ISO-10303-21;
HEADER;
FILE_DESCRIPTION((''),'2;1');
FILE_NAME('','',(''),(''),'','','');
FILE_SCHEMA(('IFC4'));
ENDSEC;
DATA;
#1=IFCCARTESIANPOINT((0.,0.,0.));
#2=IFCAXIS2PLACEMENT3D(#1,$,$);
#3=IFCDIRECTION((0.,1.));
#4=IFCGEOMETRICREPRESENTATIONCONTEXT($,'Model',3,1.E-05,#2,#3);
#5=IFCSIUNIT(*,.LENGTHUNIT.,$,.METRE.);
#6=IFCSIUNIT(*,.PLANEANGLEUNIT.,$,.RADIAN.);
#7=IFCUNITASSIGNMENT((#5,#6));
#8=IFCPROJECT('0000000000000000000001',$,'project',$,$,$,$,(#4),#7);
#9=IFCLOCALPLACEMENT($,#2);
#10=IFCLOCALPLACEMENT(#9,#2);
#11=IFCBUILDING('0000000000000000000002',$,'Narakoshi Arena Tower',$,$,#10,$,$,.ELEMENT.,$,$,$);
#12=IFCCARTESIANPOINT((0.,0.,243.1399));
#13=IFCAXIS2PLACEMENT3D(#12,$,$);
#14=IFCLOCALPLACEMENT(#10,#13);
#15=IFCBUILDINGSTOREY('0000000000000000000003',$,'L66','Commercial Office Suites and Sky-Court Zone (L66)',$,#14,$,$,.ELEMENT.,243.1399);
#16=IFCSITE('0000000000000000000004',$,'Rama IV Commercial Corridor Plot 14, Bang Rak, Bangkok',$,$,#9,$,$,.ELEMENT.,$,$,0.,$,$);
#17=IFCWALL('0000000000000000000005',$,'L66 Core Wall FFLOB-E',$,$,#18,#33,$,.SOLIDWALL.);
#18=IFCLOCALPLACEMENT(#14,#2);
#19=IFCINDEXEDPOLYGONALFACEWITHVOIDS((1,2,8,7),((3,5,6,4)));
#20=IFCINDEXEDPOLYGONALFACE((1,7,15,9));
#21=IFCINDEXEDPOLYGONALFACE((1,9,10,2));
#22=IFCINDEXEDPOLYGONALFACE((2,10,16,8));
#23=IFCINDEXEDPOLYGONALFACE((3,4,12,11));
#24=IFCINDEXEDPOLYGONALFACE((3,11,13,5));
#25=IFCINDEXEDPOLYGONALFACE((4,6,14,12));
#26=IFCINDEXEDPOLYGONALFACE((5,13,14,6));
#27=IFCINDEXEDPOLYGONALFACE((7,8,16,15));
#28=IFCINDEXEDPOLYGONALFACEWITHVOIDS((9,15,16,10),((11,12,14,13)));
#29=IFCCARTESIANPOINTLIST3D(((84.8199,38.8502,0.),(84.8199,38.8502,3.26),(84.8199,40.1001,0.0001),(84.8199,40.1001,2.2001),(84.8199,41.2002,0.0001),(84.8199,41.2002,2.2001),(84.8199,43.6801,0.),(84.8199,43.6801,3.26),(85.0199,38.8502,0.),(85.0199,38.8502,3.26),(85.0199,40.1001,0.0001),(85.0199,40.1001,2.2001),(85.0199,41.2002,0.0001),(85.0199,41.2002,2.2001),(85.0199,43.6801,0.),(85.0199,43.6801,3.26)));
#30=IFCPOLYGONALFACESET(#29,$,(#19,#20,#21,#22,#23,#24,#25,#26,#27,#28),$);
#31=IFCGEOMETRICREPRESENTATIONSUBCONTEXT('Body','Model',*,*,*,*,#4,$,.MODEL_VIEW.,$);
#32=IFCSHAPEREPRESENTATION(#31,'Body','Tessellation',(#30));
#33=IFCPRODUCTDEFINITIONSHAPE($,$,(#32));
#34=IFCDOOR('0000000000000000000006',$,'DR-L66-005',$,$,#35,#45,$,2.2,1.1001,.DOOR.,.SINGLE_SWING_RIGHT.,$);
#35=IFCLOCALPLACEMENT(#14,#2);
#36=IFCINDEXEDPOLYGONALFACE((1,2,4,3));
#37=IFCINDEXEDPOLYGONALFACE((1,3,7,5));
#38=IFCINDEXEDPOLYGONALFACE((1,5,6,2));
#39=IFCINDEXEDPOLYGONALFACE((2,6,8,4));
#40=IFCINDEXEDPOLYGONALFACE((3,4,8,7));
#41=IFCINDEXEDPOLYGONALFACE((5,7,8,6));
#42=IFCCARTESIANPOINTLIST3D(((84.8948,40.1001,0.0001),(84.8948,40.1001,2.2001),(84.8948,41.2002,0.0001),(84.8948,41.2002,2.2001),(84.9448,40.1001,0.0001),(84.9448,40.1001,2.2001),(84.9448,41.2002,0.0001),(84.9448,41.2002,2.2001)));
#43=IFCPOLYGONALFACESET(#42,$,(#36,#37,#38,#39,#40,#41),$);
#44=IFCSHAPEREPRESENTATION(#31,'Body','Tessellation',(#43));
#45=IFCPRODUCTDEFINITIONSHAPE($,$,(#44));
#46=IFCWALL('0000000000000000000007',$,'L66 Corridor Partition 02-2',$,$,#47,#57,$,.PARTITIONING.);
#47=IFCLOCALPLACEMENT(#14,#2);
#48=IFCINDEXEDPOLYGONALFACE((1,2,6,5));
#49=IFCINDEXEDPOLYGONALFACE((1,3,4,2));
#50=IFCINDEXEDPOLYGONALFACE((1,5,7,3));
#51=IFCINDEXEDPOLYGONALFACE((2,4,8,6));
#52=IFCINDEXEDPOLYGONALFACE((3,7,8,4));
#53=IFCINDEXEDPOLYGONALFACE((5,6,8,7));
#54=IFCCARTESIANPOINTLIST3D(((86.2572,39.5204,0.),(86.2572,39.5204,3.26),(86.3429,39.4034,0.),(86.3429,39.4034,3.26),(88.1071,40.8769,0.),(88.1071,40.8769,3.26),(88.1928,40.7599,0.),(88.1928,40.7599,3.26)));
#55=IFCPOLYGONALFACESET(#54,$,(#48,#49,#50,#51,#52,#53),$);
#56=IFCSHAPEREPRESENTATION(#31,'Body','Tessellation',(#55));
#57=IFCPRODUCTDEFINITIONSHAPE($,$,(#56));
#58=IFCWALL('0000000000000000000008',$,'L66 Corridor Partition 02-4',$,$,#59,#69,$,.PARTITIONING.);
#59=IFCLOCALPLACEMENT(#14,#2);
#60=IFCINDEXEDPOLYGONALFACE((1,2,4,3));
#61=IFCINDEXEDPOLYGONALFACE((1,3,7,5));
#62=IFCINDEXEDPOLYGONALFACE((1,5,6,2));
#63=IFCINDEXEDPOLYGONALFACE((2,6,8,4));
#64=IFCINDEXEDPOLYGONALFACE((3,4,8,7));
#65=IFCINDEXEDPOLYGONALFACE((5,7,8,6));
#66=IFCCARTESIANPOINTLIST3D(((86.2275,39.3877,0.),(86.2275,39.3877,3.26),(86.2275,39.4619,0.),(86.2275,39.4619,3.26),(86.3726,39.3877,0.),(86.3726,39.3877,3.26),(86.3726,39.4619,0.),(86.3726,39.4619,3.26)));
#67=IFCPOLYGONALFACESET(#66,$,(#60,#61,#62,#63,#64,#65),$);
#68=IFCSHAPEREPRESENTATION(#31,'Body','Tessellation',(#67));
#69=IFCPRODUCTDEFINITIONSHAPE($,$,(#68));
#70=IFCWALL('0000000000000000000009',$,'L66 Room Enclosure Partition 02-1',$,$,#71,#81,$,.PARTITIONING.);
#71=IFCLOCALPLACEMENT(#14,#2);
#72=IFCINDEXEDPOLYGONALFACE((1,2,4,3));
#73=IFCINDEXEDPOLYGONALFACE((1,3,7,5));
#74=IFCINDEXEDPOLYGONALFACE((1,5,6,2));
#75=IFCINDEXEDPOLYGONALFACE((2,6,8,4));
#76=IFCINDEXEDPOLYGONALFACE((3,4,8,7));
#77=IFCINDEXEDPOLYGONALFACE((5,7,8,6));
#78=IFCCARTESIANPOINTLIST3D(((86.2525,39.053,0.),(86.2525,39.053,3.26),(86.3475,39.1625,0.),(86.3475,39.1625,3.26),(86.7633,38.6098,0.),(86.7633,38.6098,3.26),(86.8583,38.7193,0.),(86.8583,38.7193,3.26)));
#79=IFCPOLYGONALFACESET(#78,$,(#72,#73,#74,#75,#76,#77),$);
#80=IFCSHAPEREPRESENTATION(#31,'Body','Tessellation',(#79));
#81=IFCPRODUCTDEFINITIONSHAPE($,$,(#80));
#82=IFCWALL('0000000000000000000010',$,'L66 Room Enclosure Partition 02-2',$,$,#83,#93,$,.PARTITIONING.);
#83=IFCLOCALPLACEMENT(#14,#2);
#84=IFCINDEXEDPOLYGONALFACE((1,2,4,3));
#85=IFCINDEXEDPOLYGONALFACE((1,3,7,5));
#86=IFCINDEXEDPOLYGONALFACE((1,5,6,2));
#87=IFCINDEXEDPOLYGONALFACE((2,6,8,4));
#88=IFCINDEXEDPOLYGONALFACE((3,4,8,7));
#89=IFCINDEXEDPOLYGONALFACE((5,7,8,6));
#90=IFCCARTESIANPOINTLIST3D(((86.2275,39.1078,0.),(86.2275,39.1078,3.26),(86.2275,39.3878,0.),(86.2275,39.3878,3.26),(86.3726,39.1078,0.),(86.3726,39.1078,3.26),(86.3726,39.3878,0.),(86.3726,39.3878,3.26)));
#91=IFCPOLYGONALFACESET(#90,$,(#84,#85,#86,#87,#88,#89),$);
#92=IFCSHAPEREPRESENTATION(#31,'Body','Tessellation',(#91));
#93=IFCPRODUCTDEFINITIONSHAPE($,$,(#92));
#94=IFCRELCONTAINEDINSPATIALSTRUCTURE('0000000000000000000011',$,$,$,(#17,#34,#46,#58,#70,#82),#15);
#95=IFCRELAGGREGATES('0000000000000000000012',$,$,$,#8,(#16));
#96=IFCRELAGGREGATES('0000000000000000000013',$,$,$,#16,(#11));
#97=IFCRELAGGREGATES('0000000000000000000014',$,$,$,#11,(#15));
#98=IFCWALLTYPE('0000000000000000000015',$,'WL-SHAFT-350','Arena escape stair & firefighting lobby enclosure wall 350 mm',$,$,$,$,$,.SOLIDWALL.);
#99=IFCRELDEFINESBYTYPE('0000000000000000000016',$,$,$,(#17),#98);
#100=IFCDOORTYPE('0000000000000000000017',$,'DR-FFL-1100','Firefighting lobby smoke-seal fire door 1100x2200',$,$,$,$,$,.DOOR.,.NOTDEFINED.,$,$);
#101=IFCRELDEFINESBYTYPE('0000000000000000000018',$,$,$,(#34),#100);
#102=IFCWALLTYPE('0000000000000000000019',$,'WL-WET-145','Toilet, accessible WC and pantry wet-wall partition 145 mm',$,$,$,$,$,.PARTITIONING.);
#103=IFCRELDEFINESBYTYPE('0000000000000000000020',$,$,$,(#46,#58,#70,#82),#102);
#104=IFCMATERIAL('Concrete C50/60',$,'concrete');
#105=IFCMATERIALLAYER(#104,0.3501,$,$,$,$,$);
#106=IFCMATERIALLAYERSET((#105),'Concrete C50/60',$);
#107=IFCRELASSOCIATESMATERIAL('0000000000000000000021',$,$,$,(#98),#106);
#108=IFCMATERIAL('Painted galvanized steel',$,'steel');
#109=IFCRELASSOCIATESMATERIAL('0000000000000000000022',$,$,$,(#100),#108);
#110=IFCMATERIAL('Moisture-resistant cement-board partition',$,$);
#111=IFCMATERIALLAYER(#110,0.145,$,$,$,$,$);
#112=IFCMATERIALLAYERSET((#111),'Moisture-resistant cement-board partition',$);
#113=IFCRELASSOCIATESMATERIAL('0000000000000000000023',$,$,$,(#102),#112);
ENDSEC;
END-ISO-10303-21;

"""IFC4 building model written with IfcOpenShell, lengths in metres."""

from ifc_helpers import new_model, si_unit, direction, frame, frame_2d, origin, place, context, subcontext, project, spatial, rectangle, extrude, material, layer, layer_set, type_object, element, fill, save


model = new_model("IFC4")

# Units and contexts
model_context = context("Model", 3, precision=1e-05, world=origin(), true_north=direction((0.0, 1.0)))
body_context = subcontext(model_context, "Body", "Model", "MODEL_VIEW")
ifc_project = project(units=[si_unit("LENGTHUNIT", "METRE"), si_unit("PLANEANGLEUNIT", "RADIAN")], contexts=[model_context])

# Site, building, storey
site_placement = place(None, origin())
site = spatial("IfcSite", under=ifc_project, at=site_placement, Name="Rama IV Commercial Corridor Plot 14, Bang Rak, Bangkok", CompositionType="ELEMENT", RefElevation=0.0)
building_placement = place(site_placement, origin())
building = spatial("IfcBuilding", under=site, at=building_placement, Name="Narakoshi Arena Tower", CompositionType="ELEMENT")
storey_placement = place(building_placement, frame((0.0, 0.0, 243.1399)))
storey = spatial("IfcBuildingStorey", under=building, at=storey_placement, Name="L66", Description="Commercial Office Suites and Sky-Court Zone (L66)", CompositionType="ELEMENT", Elevation=243.1399)

# Shared definitions
ifc_material_1 = material(Name="Concrete C50/60", Category="concrete")
ifc_layer_1 = layer(ifc_material_1, 0.3501)
ifc_layer_set_1 = layer_set([ifc_layer_1], Name="Concrete C50/60")
wall_type_1 = type_object("IfcWallType", Name="WL-SHAFT-350", Description="Arena escape stair & firefighting lobby enclosure wall 350 mm", PredefinedType="SOLIDWALL", material=ifc_layer_set_1)

# Shared definitions
ifc_material_2 = material(Name="Painted galvanized steel", Category="steel")

# Wall, opening, door
wall_1_placement = place(storey_placement, frame((84.9199, 38.8501, 0.0), z_axis=(0.0, 0.0, 1.0), x_axis=(0.0, 1.0, 0.0)))
wall_1 = element("IfcWall", 1, at=wall_1_placement, inside=storey, type_object=wall_type_1, Name="L66 Core Wall FFLOB-E", PredefinedType="SOLIDWALL", context=body_context, shape_type="SweptSolid", body=[
    extrude(rectangle(XDim=4.8298, YDim=0.2, at=frame_2d((2.415, 0.0))), origin(), (0.0, 0.0, 1.0), 3.26),
])
opening_1_placement = place(wall_1_placement, frame((1.25, 0.0, 0.0)))
opening_1 = element("IfcOpeningElement", 2, at=opening_1_placement, cuts=wall_1, PredefinedType="OPENING", context=body_context, shape_type="SweptSolid", body=[
    extrude(rectangle(XDim=1.1001, YDim=2.2, at=frame_2d((0.55, 1.1001))), frame((0.0, 0.1099, 0.0), z_axis=(0.0, -1.0, 0.0), x_axis=(1.0, 0.0, 0.0)), (0.0, 0.0, 1.0), 0.22),
])
door_type_1 = type_object("IfcDoorType", Name="DR-FFL-1100", Description="Firefighting lobby smoke-seal fire door 1100x2200", OperationType="NOTDEFINED", PredefinedType="DOOR", material=ifc_material_2)
door_1_placement = place(opening_1_placement, frame((1.1001, 0.0, 0.0), z_axis=(0.0, 0.0, 1.0), x_axis=(-1.0, 0.0, 0.0)))
door_1 = element("IfcDoor", 3, at=door_1_placement, inside=storey, type_object=door_type_1, Name="DR-L66-005", OperationType="SINGLE_SWING_RIGHT", OverallHeight=2.2, OverallWidth=1.1001, PredefinedType="DOOR", context=body_context, shape_type="SweptSolid", body=[
    extrude(rectangle(XDim=1.1001, YDim=2.2, at=frame_2d((0.55, 1.1001))), frame((0.0, 0.0249, 0.0), z_axis=(0.0, -1.0, 0.0), x_axis=(1.0, 0.0, 0.0)), (0.0, 0.0, 1.0), 0.05),
])
fill(opening_1, door_1)

# Walls
ifc_material_3 = material(Name="Moisture-resistant cement-board partition")
ifc_layer_2 = layer(ifc_material_3, 0.145)
ifc_layer_set_2 = layer_set([ifc_layer_2], Name="Moisture-resistant cement-board partition")
wall_type_2 = type_object("IfcWallType", Name="WL-WET-145", Description="Toilet, accessible WC and pantry wet-wall partition 145 mm", PredefinedType="PARTITIONING", material=ifc_layer_set_2)
wall_2_placement = place(storey_placement, frame((86.3, 39.4619, 0.0), z_axis=(0.0, 0.0, 1.0), x_axis=(0.806429, 0.591331, 0.0)))
element("IfcWall", 4, at=wall_2_placement, inside=storey, type_object=wall_type_2, Name="L66 Corridor Partition 02-2", PredefinedType="PARTITIONING", context=body_context, shape_type="SweptSolid", body=[
    extrude(rectangle(XDim=2.2939, YDim=0.145, at=frame_2d((1.147, 0.0))), origin(), (0.0, 0.0, 1.0), 3.26),
])
wall_3_placement = place(storey_placement, frame((86.3, 39.3877, 0.0), z_axis=(0.0, 0.0, 1.0), x_axis=(0.0, 1.0, 0.0)))
element("IfcWall", 5, at=wall_3_placement, inside=storey, type_object=wall_type_2, Name="L66 Corridor Partition 02-4", PredefinedType="PARTITIONING", context=body_context, shape_type="SweptSolid", body=[
    extrude(rectangle(XDim=0.0742, YDim=0.145, at=frame_2d((0.0371, 0.0))), origin(), (0.0, 0.0, 1.0), 3.26),
])
wall_4_placement = place(storey_placement, frame((86.8108, 38.6646, 0.0), z_axis=(0.0, 0.0, 1.0), x_axis=(-0.755343, 0.655329, 0.0)))
element("IfcWall", 6, at=wall_4_placement, inside=storey, type_object=wall_type_2, Name="L66 Room Enclosure Partition 02-1", PredefinedType="PARTITIONING", context=body_context, shape_type="SweptSolid", body=[
    extrude(rectangle(XDim=0.6763, YDim=0.145, at=frame_2d((0.3381, 0.0))), origin(), (0.0, 0.0, 1.0), 3.26),
])
wall_5_placement = place(storey_placement, frame((86.3, 39.1077, 0.0), z_axis=(0.0, 0.0, 1.0), x_axis=(0.0, 1.0, 0.0)))
element("IfcWall", 7, at=wall_5_placement, inside=storey, type_object=wall_type_2, Name="L66 Room Enclosure Partition 02-2", PredefinedType="PARTITIONING", context=body_context, shape_type="SweptSolid", body=[
    extrude(rectangle(XDim=0.28, YDim=0.145, at=frame_2d((0.1401, 0.0))), origin(), (0.0, 0.0, 1.0), 3.26),
])

save(model, "model.ifc")
